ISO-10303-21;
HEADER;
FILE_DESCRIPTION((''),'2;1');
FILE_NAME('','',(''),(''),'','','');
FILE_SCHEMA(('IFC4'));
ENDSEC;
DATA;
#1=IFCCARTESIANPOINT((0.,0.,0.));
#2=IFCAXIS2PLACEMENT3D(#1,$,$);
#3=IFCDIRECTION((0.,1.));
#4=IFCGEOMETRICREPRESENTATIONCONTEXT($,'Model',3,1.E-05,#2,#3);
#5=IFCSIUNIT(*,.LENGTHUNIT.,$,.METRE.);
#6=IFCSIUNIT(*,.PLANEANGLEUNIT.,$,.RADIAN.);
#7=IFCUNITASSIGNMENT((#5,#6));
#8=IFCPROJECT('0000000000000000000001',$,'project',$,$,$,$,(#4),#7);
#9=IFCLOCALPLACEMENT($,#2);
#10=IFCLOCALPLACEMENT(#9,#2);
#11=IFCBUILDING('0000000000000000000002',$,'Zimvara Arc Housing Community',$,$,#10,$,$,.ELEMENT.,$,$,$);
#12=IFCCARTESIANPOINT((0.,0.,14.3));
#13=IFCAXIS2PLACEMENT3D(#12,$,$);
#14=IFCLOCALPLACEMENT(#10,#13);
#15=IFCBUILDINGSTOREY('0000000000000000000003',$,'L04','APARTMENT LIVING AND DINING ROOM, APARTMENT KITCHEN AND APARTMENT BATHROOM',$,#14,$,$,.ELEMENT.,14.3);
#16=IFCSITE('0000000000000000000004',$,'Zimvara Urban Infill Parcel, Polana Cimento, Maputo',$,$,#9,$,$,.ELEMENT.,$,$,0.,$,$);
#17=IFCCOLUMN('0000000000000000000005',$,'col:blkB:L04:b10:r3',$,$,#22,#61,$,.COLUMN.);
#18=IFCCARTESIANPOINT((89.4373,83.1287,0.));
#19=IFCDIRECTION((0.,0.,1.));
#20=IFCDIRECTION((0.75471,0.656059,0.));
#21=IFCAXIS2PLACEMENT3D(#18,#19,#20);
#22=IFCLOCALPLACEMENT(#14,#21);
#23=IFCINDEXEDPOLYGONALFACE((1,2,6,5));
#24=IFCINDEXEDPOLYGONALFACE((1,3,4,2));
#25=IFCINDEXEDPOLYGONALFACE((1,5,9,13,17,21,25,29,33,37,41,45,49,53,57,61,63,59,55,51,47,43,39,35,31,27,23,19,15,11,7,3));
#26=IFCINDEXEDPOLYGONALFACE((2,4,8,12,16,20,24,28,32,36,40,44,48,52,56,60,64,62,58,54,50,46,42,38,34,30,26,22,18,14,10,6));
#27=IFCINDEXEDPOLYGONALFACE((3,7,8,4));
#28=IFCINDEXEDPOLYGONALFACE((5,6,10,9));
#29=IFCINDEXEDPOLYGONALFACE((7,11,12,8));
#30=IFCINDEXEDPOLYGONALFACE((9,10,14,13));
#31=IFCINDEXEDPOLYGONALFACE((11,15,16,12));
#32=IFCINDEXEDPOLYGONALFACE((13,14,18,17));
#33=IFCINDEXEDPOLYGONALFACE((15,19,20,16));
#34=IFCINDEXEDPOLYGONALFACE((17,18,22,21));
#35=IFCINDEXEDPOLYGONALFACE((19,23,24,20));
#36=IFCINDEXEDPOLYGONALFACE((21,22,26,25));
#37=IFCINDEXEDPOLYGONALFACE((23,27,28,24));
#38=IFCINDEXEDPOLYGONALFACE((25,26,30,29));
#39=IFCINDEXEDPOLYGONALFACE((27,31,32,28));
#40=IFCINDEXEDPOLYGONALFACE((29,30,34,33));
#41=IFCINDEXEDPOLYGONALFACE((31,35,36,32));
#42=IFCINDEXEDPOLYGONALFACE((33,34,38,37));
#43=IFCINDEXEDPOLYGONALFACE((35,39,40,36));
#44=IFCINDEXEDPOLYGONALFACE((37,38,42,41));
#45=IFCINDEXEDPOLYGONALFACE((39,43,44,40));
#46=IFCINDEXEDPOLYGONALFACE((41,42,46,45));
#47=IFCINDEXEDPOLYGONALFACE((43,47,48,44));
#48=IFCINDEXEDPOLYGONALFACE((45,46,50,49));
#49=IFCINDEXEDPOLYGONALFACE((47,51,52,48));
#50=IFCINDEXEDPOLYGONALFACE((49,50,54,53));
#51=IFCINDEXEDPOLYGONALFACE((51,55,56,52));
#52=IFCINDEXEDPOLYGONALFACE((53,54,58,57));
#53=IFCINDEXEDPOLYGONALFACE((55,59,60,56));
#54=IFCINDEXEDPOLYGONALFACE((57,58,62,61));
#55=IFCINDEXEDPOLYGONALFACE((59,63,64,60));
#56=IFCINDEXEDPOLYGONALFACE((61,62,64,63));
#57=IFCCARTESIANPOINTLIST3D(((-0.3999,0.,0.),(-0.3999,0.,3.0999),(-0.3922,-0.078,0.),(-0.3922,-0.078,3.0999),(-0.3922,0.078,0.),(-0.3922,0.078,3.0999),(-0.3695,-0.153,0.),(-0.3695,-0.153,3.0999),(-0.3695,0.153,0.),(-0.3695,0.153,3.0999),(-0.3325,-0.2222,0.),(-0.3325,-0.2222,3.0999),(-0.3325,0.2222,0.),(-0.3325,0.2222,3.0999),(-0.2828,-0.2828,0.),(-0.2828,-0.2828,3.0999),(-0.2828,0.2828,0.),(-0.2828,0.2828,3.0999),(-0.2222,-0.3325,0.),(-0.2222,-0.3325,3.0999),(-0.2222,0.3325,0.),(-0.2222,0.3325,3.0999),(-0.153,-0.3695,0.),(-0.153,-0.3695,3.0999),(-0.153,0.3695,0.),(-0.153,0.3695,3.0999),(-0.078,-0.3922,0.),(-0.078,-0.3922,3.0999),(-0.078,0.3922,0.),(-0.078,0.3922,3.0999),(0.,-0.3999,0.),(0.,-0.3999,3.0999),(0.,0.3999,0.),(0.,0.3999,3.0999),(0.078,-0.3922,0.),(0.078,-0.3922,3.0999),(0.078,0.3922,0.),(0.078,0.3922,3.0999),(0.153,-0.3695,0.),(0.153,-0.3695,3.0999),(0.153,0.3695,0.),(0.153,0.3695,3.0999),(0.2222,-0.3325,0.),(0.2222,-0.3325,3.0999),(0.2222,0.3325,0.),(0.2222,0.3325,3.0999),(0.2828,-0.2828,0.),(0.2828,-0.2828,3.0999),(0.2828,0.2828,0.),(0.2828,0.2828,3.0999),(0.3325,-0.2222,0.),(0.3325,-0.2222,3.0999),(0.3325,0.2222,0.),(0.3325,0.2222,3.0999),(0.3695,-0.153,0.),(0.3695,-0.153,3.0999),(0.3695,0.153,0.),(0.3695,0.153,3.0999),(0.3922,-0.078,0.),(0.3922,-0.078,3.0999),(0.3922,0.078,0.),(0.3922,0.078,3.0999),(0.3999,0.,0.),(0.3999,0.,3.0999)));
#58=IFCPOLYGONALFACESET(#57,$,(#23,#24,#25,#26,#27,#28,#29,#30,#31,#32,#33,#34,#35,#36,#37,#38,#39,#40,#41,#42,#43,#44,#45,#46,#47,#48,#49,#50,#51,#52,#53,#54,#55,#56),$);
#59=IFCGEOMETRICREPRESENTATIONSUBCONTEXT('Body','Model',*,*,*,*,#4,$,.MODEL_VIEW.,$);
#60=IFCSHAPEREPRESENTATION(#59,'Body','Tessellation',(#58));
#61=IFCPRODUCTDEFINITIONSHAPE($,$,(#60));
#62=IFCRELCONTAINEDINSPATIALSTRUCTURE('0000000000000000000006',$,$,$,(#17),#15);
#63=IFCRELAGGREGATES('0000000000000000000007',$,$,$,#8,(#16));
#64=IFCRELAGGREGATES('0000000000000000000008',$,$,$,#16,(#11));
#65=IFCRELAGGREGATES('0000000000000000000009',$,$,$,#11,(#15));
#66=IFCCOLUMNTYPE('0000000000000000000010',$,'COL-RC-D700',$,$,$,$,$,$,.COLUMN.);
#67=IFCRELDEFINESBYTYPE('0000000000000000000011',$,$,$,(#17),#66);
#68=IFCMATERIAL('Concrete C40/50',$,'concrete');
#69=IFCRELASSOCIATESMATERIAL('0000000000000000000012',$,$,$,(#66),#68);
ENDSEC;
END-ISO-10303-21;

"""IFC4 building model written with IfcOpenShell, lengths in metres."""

from ifc_helpers import new_model, si_unit, direction, frame, origin, origin_2d, place, context, subcontext, project, spatial, circle, extrude, material, material_profile, profile_set, type_object, element, save


model = new_model("IFC4")

# Units and contexts
model_context = context("Model", 3, precision=1e-05, world=origin(), true_north=direction((0.0, 1.0)))
body_context = subcontext(model_context, "Body", "Model", "MODEL_VIEW")
ifc_project = project(units=[si_unit("LENGTHUNIT", "METRE"), si_unit("PLANEANGLEUNIT", "RADIAN")], contexts=[model_context])

# Site, building, storey
site_placement = place(None, origin())
site = spatial("IfcSite", under=ifc_project, at=site_placement, Name="Zimvara Urban Infill Parcel, Polana Cimento, Maputo", CompositionType="ELEMENT", RefElevation=0.0)
building_placement = place(site_placement, origin())
building = spatial("IfcBuilding", under=site, at=building_placement, Name="Zimvara Arc Housing Community", CompositionType="ELEMENT")
storey_placement = place(building_placement, frame((0.0, 0.0, 14.3)))
storey = spatial("IfcBuildingStorey", under=building, at=storey_placement, Name="L04", Description="APARTMENT LIVING AND DINING ROOM, APARTMENT KITCHEN AND APARTMENT BATHROOM", CompositionType="ELEMENT", Elevation=14.3)

# Column
ifc_material_1 = material(Name="Concrete C40/50", Category="concrete")
ifc_material_profile_1 = material_profile(ifc_material_1, circle(Radius=0.3999, at=origin_2d()), Name="RC D800")
ifc_profile_set_1 = profile_set([ifc_material_profile_1], Name="Concrete C40/50")
column_type_1 = type_object("IfcColumnType", Name="COL-RC-D700", PredefinedType="COLUMN", material=ifc_profile_set_1)
column_1_placement = place(storey_placement, frame((89.4373, 83.1287, 0.0), z_axis=(0.0, 0.0, 1.0), x_axis=(0.75471, 0.656059, 0.0)))
element("IfcColumn", 1, at=column_1_placement, inside=storey, type_object=column_type_1, Name="col:blkB:L04:b10:r3", PredefinedType="COLUMN", context=body_context, shape_type="SweptSolid", body=[
    extrude(circle(Radius=0.3999, at=origin_2d()), origin(), (0.0, 0.0, 1.0), 3.0999),
])

save(model, "model.ifc")
